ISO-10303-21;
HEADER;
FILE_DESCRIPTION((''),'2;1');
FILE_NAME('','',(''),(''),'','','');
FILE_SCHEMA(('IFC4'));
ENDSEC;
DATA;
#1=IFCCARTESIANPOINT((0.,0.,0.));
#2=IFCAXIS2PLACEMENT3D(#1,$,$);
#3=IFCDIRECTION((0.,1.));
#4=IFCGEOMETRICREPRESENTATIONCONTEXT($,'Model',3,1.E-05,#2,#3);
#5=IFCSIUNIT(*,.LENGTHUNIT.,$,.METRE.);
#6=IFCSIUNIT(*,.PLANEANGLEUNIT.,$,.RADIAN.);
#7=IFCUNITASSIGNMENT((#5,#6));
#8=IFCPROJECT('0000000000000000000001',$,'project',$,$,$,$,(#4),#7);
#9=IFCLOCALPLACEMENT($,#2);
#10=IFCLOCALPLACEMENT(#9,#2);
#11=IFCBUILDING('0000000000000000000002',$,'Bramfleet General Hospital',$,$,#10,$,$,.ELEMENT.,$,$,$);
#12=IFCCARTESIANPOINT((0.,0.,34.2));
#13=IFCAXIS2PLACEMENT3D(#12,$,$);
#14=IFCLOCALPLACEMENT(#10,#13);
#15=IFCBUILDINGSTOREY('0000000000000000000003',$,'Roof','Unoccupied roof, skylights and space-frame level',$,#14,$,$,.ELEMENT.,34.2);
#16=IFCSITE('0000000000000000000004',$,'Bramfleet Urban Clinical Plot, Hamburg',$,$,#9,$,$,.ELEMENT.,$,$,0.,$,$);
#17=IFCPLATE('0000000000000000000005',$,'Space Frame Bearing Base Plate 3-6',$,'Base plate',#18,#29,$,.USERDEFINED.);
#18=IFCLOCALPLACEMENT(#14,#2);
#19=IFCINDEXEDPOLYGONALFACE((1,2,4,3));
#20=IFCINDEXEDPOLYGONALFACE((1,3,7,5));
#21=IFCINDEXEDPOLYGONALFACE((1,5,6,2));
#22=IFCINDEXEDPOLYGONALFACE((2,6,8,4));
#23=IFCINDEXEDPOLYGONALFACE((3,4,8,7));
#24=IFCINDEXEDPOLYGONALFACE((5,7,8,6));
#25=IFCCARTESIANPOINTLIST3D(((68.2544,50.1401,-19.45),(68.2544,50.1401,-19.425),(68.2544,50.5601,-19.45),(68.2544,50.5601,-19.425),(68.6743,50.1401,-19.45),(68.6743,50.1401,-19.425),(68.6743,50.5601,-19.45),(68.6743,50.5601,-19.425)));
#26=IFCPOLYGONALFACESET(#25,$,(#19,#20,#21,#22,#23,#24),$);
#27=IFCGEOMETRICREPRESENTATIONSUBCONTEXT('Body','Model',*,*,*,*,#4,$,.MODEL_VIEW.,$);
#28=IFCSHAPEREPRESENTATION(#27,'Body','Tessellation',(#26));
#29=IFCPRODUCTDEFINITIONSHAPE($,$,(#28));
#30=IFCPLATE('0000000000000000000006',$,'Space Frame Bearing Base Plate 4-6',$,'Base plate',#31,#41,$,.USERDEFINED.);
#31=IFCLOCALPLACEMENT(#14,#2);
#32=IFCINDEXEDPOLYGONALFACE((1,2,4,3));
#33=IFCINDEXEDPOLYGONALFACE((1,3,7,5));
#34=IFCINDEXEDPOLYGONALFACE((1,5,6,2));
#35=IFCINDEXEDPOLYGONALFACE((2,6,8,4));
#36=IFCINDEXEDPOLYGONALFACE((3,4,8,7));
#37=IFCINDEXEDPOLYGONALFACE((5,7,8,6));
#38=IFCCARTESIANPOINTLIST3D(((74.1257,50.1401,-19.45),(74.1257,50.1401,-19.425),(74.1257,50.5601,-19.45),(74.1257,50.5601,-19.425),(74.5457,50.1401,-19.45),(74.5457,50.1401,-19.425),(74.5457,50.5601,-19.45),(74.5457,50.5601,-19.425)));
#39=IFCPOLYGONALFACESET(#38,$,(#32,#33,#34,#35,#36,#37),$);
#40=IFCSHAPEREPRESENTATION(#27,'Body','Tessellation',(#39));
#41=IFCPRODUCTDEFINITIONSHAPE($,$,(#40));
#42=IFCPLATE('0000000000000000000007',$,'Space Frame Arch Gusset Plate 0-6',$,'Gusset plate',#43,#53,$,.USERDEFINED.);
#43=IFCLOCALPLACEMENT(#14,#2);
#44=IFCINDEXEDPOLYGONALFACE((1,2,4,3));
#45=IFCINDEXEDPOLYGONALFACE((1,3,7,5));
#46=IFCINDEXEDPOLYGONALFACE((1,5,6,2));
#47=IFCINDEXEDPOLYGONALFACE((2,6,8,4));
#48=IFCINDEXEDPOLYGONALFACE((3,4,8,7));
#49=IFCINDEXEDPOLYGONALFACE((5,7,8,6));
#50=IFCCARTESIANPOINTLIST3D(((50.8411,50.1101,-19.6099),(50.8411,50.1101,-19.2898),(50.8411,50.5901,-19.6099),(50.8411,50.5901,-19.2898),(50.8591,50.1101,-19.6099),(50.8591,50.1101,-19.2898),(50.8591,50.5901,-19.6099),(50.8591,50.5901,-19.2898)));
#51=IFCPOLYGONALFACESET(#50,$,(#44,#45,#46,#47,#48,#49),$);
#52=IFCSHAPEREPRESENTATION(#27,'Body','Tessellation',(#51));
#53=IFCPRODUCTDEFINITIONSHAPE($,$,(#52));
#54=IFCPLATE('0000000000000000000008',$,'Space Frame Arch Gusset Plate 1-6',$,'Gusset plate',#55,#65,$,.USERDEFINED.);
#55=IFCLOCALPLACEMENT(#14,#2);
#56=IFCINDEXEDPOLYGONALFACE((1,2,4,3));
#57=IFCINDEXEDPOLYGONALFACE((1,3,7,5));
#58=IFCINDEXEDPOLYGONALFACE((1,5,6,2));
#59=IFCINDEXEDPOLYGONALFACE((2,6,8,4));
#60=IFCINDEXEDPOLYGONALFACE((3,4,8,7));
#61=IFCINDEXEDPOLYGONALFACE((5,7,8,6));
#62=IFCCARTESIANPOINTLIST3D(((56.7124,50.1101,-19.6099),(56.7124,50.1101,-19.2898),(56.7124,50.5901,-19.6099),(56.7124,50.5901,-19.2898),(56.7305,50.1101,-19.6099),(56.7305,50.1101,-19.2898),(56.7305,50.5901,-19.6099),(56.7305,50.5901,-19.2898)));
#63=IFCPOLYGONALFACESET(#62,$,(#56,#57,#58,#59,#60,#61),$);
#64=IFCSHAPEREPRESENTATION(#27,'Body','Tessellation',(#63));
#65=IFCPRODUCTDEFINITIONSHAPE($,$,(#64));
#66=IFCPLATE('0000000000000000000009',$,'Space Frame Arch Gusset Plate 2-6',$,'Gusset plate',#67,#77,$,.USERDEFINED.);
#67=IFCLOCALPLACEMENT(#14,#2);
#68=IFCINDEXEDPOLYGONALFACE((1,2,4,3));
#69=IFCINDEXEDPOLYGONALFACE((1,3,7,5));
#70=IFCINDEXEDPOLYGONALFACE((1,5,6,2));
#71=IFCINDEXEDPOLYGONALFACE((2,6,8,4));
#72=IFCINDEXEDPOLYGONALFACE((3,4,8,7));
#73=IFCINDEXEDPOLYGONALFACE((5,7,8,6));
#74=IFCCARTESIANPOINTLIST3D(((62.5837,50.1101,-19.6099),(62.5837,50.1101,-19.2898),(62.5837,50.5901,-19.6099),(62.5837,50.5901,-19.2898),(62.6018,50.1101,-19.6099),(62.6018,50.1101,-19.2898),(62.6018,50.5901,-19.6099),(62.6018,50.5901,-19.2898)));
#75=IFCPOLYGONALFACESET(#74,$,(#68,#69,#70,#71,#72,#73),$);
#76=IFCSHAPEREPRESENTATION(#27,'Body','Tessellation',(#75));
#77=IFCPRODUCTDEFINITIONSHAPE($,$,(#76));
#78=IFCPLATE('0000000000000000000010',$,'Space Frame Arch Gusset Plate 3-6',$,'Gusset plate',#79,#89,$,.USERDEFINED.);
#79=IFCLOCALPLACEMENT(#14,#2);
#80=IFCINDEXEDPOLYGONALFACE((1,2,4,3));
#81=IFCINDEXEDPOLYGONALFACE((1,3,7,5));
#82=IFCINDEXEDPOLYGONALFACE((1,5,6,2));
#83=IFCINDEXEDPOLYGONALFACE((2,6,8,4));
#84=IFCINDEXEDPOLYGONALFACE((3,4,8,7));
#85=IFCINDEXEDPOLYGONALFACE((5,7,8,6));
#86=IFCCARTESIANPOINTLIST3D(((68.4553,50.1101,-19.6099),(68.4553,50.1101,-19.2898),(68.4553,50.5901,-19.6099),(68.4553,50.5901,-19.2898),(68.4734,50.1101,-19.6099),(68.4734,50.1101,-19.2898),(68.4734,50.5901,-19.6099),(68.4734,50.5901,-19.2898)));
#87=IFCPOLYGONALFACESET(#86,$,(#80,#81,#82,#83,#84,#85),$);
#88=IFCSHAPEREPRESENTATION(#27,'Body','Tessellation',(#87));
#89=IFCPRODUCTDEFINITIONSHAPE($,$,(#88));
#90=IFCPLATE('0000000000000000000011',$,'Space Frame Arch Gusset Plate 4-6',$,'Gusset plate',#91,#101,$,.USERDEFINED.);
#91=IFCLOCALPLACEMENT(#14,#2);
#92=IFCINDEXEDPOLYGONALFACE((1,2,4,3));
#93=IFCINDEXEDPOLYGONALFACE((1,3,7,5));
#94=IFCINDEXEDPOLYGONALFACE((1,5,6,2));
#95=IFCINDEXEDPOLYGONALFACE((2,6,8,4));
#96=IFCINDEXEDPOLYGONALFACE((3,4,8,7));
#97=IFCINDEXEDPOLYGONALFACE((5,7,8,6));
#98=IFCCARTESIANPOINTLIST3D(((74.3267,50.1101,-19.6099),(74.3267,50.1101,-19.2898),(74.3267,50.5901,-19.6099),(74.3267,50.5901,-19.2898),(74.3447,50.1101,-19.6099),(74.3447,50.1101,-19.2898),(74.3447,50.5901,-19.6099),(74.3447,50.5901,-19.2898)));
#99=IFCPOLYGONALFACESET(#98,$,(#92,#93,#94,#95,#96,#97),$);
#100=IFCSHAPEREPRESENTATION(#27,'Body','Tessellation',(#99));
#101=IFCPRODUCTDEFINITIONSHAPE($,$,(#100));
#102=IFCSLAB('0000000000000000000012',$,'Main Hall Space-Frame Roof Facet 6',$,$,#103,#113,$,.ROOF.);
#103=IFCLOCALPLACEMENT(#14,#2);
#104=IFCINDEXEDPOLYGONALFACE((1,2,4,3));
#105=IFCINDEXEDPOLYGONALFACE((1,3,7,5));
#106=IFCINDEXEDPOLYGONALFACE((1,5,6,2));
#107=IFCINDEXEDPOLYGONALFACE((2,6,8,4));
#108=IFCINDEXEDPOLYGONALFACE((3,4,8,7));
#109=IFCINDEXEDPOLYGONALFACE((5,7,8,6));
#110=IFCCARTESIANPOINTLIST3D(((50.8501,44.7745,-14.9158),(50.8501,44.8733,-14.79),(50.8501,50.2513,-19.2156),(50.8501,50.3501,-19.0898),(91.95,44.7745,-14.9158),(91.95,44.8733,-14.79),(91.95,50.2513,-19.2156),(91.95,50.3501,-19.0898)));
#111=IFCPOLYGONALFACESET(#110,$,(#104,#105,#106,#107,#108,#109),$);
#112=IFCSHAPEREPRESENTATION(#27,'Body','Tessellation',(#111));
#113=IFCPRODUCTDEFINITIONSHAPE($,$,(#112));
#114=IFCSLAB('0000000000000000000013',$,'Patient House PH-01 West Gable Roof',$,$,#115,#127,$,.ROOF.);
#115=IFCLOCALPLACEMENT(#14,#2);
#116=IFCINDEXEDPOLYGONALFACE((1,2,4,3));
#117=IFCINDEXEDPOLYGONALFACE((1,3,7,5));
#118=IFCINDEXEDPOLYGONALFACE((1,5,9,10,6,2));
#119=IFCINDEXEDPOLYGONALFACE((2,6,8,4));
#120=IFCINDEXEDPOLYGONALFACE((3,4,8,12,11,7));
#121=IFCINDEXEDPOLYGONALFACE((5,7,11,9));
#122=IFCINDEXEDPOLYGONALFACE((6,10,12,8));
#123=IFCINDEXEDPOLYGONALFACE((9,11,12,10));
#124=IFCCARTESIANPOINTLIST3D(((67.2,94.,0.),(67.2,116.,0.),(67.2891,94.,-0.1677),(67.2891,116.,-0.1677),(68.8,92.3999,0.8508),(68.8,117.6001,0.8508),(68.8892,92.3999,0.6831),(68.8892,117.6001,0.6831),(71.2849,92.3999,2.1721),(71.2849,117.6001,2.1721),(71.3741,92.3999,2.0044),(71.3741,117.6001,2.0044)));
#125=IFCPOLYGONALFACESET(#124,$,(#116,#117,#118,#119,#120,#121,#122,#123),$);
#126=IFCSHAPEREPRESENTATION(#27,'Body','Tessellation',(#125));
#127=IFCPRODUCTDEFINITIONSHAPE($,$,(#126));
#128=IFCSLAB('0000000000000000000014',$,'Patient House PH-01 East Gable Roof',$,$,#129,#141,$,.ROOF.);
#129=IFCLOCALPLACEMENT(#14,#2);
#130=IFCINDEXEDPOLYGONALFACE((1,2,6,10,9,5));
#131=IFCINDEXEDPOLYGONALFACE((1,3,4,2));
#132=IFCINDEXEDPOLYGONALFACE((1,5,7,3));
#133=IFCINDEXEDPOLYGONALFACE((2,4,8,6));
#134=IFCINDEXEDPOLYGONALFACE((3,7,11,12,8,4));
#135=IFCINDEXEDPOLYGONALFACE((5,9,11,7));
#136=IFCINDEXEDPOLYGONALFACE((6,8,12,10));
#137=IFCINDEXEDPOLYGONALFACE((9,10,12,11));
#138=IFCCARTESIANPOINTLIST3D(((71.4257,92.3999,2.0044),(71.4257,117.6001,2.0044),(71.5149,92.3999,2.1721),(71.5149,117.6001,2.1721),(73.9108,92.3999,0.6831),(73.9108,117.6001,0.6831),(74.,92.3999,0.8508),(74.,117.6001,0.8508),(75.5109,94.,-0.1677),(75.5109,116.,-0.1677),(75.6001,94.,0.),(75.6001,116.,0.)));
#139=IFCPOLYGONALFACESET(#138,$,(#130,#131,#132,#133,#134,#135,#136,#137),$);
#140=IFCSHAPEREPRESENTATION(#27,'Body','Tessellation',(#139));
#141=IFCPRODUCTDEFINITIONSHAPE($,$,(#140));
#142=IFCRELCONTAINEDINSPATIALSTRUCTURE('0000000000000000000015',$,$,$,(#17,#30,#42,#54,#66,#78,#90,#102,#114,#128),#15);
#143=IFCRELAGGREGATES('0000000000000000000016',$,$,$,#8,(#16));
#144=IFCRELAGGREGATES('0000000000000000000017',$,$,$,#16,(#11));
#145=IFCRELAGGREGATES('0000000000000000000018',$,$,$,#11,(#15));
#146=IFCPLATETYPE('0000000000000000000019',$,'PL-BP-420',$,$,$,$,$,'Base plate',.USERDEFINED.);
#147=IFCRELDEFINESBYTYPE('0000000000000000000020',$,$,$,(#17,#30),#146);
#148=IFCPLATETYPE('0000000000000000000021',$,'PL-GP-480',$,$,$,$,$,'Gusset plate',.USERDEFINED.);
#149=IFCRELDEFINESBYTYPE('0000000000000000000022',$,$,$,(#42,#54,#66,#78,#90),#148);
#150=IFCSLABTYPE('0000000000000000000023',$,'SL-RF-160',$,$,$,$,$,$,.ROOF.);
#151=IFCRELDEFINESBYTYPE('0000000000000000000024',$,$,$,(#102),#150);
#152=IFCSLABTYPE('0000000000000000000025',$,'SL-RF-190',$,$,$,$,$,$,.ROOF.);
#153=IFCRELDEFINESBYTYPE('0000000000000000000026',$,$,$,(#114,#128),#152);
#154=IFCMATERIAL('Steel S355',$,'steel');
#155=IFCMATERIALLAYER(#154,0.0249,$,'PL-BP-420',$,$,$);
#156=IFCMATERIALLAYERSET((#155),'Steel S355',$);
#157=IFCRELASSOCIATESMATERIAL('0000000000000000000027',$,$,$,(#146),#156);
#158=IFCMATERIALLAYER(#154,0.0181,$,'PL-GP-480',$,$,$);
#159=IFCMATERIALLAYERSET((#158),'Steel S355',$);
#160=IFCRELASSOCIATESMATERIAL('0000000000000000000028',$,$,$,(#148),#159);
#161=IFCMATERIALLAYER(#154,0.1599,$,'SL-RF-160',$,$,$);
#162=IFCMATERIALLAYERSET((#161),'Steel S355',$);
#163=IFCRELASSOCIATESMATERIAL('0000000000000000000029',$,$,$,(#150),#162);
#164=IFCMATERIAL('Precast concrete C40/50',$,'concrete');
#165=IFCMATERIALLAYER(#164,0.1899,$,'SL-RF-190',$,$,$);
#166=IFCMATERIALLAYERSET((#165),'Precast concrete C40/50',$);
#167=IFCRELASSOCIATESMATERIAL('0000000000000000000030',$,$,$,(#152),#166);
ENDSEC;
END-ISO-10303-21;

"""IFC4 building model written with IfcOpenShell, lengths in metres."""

from ifc_helpers import new_model, si_unit, direction, frame, origin, origin_2d, place, context, subcontext, project, spatial, polyline, rectangle, outline, extrude, material, layer, layer_set, type_object, element, save


model = new_model("IFC4")

# Units and contexts
model_context = context("Model", 3, precision=1e-05, world=origin(), true_north=direction((0.0, 1.0)))
body_context = subcontext(model_context, "Body", "Model", "MODEL_VIEW")
ifc_project = project(units=[si_unit("LENGTHUNIT", "METRE"), si_unit("PLANEANGLEUNIT", "RADIAN")], contexts=[model_context])

# Site, building, storey
site_placement = place(None, origin())
site = spatial("IfcSite", under=ifc_project, at=site_placement, Name="Bramfleet Urban Clinical Plot, Hamburg", CompositionType="ELEMENT", RefElevation=0.0)
building_placement = place(site_placement, origin())
building = spatial("IfcBuilding", under=site, at=building_placement, Name="Bramfleet General Hospital", CompositionType="ELEMENT")
storey_placement = place(building_placement, frame((0.0, 0.0, 34.2)))
storey = spatial("IfcBuildingStorey", under=building, at=storey_placement, Name="Roof", Description="Unoccupied roof, skylights and space-frame level", CompositionType="ELEMENT", Elevation=34.2)

# Shared definitions
ifc_material_1 = material(Name="Steel S355", Category="steel")

# Plates
ifc_layer_1 = layer(ifc_material_1, 0.0249, Name="PL-BP-420")
ifc_layer_set_1 = layer_set([ifc_layer_1], Name="Steel S355")
plate_type_1 = type_object("IfcPlateType", Name="PL-BP-420", ElementType="Base plate", PredefinedType="USERDEFINED", material=ifc_layer_set_1)
for number, where, z_axis, x_axis, name in (
    (1, (68.4644, 50.3501, -19.45), (0.0, 0.0, 1.0), (1.0, 0.0, 0.0), "Space Frame Bearing Base Plate 3-6"),
    (2, (74.3357, 50.3501, -19.45), (0.0, 0.0, 1.0), (1.0, 0.0, 0.0), "Space Frame Bearing Base Plate 4-6"),
):
    element("IfcPlate", number, at=place(storey_placement, frame(where, z_axis=z_axis, x_axis=x_axis)), inside=storey, type_object=plate_type_1, Name=name, ObjectType="Base plate", PredefinedType="USERDEFINED", context=body_context, shape_type="SweptSolid", body=[
        extrude(rectangle(XDim=0.4199, YDim=0.4199, at=origin_2d()), origin(), (0.0, 0.0, 1.0), 0.0249),
    ])
ifc_layer_2 = layer(ifc_material_1, 0.0181, Name="PL-GP-480")
ifc_layer_set_2 = layer_set([ifc_layer_2], Name="Steel S355")
plate_type_2 = type_object("IfcPlateType", Name="PL-GP-480", ElementType="Gusset plate", PredefinedType="USERDEFINED", material=ifc_layer_set_2)
for number, where, z_axis, x_axis, name in (
    (3, (50.8501, 50.3501, -19.6099), (0.0, 0.0, 1.0), (0.0, 1.0, 0.0), "Space Frame Arch Gusset Plate 0-6"),
    (4, (56.7214, 50.3501, -19.6099), (0.0, 0.0, 1.0), (0.0, 1.0, 0.0), "Space Frame Arch Gusset Plate 1-6"),
    (5, (62.5928, 50.3501, -19.6099), (0.0, 0.0, 1.0), (0.0, 1.0, 0.0), "Space Frame Arch Gusset Plate 2-6"),
    (6, (68.4644, 50.3501, -19.6099), (0.0, 0.0, 1.0), (0.0, 1.0, 0.0), "Space Frame Arch Gusset Plate 3-6"),
    (7, (74.3357, 50.3501, -19.6099), (0.0, 0.0, 1.0), (0.0, 1.0, 0.0), "Space Frame Arch Gusset Plate 4-6"),
):
    element("IfcPlate", number, at=place(storey_placement, frame(where, z_axis=z_axis, x_axis=x_axis)), inside=storey, type_object=plate_type_2, Name=name, ObjectType="Gusset plate", PredefinedType="USERDEFINED", context=body_context, shape_type="SweptSolid", body=[
        extrude(rectangle(XDim=0.48, YDim=0.0181, at=origin_2d()), origin(), (0.0, 0.0, 1.0), 0.3201),
    ])

# Slabs
ifc_layer_3 = layer(ifc_material_1, 0.1599, Name="SL-RF-160")
ifc_layer_set_3 = layer_set([ifc_layer_3], Name="Steel S355")
slab_type_1 = type_object("IfcSlabType", Name="SL-RF-160", PredefinedType="ROOF", material=ifc_layer_set_3)
slab_1_placement = place(storey_placement, frame((50.8501, 44.8733, -14.79), z_axis=(0.0, 0.61752, 0.786556), x_axis=(1.0, 0.0, 0.0)))
element("IfcSlab", 8, at=slab_1_placement, inside=storey, type_object=slab_type_1, Name="Main Hall Space-Frame Roof Facet 6", PredefinedType="ROOF", context=body_context, shape_type="SweptSolid", body=[
    extrude(outline(polyline([(0.0, 0.0), (41.0999, 0.0), (41.0999, 6.963), (0.0, 6.963), (0.0, 0.0)])), origin(), (0.0, 0.0, -1.0), 0.1599),
])
ifc_material_2 = material(Name="Precast concrete C40/50", Category="concrete")
ifc_layer_4 = layer(ifc_material_2, 0.1899, Name="SL-RF-190")
ifc_layer_set_4 = layer_set([ifc_layer_4], Name="Precast concrete C40/50")
slab_type_2 = type_object("IfcSlabType", Name="SL-RF-190", PredefinedType="ROOF", material=ifc_layer_set_4)
slab_2_placement = place(storey_placement, frame((68.8, 92.3999, 0.8508), z_axis=(-0.46949, 0.0, 0.882938), x_axis=(0.882938, 0.0, 0.46949)))
element("IfcSlab", 9, at=slab_2_placement, inside=storey, type_object=slab_type_2, Name="Patient House PH-01 West Gable Roof", PredefinedType="ROOF", context=body_context, shape_type="SweptSolid", body=[
    extrude(outline(polyline([(0.0, 0.0), (2.8143, 0.0), (2.8143, 25.2002), (0.0, 25.2002), (-1.8122, 23.6001), (-1.8122, 1.6001), (0.0, 0.0)])), origin(), (0.0, 0.0, -1.0), 0.1899),
])
slab_3_placement = place(storey_placement, frame((71.5149, 92.3999, 2.1721), z_axis=(0.469467, 0.0, 0.88295), x_axis=(0.88295, 0.0, -0.469467)))
element("IfcSlab", 10, at=slab_3_placement, inside=storey, type_object=slab_type_2, Name="Patient House PH-01 East Gable Roof", PredefinedType="ROOF", context=body_context, shape_type="SweptSolid", body=[
    extrude(outline(polyline([(0.0, 0.0), (2.8145, 0.0), (4.6268, 1.6001), (4.6268, 23.6001), (2.8145, 25.2002), (0.0, 25.2002), (0.0, 0.0)])), origin(), (0.0, 0.0, -1.0), 0.1899),
])

save(model, "model.ifc")
